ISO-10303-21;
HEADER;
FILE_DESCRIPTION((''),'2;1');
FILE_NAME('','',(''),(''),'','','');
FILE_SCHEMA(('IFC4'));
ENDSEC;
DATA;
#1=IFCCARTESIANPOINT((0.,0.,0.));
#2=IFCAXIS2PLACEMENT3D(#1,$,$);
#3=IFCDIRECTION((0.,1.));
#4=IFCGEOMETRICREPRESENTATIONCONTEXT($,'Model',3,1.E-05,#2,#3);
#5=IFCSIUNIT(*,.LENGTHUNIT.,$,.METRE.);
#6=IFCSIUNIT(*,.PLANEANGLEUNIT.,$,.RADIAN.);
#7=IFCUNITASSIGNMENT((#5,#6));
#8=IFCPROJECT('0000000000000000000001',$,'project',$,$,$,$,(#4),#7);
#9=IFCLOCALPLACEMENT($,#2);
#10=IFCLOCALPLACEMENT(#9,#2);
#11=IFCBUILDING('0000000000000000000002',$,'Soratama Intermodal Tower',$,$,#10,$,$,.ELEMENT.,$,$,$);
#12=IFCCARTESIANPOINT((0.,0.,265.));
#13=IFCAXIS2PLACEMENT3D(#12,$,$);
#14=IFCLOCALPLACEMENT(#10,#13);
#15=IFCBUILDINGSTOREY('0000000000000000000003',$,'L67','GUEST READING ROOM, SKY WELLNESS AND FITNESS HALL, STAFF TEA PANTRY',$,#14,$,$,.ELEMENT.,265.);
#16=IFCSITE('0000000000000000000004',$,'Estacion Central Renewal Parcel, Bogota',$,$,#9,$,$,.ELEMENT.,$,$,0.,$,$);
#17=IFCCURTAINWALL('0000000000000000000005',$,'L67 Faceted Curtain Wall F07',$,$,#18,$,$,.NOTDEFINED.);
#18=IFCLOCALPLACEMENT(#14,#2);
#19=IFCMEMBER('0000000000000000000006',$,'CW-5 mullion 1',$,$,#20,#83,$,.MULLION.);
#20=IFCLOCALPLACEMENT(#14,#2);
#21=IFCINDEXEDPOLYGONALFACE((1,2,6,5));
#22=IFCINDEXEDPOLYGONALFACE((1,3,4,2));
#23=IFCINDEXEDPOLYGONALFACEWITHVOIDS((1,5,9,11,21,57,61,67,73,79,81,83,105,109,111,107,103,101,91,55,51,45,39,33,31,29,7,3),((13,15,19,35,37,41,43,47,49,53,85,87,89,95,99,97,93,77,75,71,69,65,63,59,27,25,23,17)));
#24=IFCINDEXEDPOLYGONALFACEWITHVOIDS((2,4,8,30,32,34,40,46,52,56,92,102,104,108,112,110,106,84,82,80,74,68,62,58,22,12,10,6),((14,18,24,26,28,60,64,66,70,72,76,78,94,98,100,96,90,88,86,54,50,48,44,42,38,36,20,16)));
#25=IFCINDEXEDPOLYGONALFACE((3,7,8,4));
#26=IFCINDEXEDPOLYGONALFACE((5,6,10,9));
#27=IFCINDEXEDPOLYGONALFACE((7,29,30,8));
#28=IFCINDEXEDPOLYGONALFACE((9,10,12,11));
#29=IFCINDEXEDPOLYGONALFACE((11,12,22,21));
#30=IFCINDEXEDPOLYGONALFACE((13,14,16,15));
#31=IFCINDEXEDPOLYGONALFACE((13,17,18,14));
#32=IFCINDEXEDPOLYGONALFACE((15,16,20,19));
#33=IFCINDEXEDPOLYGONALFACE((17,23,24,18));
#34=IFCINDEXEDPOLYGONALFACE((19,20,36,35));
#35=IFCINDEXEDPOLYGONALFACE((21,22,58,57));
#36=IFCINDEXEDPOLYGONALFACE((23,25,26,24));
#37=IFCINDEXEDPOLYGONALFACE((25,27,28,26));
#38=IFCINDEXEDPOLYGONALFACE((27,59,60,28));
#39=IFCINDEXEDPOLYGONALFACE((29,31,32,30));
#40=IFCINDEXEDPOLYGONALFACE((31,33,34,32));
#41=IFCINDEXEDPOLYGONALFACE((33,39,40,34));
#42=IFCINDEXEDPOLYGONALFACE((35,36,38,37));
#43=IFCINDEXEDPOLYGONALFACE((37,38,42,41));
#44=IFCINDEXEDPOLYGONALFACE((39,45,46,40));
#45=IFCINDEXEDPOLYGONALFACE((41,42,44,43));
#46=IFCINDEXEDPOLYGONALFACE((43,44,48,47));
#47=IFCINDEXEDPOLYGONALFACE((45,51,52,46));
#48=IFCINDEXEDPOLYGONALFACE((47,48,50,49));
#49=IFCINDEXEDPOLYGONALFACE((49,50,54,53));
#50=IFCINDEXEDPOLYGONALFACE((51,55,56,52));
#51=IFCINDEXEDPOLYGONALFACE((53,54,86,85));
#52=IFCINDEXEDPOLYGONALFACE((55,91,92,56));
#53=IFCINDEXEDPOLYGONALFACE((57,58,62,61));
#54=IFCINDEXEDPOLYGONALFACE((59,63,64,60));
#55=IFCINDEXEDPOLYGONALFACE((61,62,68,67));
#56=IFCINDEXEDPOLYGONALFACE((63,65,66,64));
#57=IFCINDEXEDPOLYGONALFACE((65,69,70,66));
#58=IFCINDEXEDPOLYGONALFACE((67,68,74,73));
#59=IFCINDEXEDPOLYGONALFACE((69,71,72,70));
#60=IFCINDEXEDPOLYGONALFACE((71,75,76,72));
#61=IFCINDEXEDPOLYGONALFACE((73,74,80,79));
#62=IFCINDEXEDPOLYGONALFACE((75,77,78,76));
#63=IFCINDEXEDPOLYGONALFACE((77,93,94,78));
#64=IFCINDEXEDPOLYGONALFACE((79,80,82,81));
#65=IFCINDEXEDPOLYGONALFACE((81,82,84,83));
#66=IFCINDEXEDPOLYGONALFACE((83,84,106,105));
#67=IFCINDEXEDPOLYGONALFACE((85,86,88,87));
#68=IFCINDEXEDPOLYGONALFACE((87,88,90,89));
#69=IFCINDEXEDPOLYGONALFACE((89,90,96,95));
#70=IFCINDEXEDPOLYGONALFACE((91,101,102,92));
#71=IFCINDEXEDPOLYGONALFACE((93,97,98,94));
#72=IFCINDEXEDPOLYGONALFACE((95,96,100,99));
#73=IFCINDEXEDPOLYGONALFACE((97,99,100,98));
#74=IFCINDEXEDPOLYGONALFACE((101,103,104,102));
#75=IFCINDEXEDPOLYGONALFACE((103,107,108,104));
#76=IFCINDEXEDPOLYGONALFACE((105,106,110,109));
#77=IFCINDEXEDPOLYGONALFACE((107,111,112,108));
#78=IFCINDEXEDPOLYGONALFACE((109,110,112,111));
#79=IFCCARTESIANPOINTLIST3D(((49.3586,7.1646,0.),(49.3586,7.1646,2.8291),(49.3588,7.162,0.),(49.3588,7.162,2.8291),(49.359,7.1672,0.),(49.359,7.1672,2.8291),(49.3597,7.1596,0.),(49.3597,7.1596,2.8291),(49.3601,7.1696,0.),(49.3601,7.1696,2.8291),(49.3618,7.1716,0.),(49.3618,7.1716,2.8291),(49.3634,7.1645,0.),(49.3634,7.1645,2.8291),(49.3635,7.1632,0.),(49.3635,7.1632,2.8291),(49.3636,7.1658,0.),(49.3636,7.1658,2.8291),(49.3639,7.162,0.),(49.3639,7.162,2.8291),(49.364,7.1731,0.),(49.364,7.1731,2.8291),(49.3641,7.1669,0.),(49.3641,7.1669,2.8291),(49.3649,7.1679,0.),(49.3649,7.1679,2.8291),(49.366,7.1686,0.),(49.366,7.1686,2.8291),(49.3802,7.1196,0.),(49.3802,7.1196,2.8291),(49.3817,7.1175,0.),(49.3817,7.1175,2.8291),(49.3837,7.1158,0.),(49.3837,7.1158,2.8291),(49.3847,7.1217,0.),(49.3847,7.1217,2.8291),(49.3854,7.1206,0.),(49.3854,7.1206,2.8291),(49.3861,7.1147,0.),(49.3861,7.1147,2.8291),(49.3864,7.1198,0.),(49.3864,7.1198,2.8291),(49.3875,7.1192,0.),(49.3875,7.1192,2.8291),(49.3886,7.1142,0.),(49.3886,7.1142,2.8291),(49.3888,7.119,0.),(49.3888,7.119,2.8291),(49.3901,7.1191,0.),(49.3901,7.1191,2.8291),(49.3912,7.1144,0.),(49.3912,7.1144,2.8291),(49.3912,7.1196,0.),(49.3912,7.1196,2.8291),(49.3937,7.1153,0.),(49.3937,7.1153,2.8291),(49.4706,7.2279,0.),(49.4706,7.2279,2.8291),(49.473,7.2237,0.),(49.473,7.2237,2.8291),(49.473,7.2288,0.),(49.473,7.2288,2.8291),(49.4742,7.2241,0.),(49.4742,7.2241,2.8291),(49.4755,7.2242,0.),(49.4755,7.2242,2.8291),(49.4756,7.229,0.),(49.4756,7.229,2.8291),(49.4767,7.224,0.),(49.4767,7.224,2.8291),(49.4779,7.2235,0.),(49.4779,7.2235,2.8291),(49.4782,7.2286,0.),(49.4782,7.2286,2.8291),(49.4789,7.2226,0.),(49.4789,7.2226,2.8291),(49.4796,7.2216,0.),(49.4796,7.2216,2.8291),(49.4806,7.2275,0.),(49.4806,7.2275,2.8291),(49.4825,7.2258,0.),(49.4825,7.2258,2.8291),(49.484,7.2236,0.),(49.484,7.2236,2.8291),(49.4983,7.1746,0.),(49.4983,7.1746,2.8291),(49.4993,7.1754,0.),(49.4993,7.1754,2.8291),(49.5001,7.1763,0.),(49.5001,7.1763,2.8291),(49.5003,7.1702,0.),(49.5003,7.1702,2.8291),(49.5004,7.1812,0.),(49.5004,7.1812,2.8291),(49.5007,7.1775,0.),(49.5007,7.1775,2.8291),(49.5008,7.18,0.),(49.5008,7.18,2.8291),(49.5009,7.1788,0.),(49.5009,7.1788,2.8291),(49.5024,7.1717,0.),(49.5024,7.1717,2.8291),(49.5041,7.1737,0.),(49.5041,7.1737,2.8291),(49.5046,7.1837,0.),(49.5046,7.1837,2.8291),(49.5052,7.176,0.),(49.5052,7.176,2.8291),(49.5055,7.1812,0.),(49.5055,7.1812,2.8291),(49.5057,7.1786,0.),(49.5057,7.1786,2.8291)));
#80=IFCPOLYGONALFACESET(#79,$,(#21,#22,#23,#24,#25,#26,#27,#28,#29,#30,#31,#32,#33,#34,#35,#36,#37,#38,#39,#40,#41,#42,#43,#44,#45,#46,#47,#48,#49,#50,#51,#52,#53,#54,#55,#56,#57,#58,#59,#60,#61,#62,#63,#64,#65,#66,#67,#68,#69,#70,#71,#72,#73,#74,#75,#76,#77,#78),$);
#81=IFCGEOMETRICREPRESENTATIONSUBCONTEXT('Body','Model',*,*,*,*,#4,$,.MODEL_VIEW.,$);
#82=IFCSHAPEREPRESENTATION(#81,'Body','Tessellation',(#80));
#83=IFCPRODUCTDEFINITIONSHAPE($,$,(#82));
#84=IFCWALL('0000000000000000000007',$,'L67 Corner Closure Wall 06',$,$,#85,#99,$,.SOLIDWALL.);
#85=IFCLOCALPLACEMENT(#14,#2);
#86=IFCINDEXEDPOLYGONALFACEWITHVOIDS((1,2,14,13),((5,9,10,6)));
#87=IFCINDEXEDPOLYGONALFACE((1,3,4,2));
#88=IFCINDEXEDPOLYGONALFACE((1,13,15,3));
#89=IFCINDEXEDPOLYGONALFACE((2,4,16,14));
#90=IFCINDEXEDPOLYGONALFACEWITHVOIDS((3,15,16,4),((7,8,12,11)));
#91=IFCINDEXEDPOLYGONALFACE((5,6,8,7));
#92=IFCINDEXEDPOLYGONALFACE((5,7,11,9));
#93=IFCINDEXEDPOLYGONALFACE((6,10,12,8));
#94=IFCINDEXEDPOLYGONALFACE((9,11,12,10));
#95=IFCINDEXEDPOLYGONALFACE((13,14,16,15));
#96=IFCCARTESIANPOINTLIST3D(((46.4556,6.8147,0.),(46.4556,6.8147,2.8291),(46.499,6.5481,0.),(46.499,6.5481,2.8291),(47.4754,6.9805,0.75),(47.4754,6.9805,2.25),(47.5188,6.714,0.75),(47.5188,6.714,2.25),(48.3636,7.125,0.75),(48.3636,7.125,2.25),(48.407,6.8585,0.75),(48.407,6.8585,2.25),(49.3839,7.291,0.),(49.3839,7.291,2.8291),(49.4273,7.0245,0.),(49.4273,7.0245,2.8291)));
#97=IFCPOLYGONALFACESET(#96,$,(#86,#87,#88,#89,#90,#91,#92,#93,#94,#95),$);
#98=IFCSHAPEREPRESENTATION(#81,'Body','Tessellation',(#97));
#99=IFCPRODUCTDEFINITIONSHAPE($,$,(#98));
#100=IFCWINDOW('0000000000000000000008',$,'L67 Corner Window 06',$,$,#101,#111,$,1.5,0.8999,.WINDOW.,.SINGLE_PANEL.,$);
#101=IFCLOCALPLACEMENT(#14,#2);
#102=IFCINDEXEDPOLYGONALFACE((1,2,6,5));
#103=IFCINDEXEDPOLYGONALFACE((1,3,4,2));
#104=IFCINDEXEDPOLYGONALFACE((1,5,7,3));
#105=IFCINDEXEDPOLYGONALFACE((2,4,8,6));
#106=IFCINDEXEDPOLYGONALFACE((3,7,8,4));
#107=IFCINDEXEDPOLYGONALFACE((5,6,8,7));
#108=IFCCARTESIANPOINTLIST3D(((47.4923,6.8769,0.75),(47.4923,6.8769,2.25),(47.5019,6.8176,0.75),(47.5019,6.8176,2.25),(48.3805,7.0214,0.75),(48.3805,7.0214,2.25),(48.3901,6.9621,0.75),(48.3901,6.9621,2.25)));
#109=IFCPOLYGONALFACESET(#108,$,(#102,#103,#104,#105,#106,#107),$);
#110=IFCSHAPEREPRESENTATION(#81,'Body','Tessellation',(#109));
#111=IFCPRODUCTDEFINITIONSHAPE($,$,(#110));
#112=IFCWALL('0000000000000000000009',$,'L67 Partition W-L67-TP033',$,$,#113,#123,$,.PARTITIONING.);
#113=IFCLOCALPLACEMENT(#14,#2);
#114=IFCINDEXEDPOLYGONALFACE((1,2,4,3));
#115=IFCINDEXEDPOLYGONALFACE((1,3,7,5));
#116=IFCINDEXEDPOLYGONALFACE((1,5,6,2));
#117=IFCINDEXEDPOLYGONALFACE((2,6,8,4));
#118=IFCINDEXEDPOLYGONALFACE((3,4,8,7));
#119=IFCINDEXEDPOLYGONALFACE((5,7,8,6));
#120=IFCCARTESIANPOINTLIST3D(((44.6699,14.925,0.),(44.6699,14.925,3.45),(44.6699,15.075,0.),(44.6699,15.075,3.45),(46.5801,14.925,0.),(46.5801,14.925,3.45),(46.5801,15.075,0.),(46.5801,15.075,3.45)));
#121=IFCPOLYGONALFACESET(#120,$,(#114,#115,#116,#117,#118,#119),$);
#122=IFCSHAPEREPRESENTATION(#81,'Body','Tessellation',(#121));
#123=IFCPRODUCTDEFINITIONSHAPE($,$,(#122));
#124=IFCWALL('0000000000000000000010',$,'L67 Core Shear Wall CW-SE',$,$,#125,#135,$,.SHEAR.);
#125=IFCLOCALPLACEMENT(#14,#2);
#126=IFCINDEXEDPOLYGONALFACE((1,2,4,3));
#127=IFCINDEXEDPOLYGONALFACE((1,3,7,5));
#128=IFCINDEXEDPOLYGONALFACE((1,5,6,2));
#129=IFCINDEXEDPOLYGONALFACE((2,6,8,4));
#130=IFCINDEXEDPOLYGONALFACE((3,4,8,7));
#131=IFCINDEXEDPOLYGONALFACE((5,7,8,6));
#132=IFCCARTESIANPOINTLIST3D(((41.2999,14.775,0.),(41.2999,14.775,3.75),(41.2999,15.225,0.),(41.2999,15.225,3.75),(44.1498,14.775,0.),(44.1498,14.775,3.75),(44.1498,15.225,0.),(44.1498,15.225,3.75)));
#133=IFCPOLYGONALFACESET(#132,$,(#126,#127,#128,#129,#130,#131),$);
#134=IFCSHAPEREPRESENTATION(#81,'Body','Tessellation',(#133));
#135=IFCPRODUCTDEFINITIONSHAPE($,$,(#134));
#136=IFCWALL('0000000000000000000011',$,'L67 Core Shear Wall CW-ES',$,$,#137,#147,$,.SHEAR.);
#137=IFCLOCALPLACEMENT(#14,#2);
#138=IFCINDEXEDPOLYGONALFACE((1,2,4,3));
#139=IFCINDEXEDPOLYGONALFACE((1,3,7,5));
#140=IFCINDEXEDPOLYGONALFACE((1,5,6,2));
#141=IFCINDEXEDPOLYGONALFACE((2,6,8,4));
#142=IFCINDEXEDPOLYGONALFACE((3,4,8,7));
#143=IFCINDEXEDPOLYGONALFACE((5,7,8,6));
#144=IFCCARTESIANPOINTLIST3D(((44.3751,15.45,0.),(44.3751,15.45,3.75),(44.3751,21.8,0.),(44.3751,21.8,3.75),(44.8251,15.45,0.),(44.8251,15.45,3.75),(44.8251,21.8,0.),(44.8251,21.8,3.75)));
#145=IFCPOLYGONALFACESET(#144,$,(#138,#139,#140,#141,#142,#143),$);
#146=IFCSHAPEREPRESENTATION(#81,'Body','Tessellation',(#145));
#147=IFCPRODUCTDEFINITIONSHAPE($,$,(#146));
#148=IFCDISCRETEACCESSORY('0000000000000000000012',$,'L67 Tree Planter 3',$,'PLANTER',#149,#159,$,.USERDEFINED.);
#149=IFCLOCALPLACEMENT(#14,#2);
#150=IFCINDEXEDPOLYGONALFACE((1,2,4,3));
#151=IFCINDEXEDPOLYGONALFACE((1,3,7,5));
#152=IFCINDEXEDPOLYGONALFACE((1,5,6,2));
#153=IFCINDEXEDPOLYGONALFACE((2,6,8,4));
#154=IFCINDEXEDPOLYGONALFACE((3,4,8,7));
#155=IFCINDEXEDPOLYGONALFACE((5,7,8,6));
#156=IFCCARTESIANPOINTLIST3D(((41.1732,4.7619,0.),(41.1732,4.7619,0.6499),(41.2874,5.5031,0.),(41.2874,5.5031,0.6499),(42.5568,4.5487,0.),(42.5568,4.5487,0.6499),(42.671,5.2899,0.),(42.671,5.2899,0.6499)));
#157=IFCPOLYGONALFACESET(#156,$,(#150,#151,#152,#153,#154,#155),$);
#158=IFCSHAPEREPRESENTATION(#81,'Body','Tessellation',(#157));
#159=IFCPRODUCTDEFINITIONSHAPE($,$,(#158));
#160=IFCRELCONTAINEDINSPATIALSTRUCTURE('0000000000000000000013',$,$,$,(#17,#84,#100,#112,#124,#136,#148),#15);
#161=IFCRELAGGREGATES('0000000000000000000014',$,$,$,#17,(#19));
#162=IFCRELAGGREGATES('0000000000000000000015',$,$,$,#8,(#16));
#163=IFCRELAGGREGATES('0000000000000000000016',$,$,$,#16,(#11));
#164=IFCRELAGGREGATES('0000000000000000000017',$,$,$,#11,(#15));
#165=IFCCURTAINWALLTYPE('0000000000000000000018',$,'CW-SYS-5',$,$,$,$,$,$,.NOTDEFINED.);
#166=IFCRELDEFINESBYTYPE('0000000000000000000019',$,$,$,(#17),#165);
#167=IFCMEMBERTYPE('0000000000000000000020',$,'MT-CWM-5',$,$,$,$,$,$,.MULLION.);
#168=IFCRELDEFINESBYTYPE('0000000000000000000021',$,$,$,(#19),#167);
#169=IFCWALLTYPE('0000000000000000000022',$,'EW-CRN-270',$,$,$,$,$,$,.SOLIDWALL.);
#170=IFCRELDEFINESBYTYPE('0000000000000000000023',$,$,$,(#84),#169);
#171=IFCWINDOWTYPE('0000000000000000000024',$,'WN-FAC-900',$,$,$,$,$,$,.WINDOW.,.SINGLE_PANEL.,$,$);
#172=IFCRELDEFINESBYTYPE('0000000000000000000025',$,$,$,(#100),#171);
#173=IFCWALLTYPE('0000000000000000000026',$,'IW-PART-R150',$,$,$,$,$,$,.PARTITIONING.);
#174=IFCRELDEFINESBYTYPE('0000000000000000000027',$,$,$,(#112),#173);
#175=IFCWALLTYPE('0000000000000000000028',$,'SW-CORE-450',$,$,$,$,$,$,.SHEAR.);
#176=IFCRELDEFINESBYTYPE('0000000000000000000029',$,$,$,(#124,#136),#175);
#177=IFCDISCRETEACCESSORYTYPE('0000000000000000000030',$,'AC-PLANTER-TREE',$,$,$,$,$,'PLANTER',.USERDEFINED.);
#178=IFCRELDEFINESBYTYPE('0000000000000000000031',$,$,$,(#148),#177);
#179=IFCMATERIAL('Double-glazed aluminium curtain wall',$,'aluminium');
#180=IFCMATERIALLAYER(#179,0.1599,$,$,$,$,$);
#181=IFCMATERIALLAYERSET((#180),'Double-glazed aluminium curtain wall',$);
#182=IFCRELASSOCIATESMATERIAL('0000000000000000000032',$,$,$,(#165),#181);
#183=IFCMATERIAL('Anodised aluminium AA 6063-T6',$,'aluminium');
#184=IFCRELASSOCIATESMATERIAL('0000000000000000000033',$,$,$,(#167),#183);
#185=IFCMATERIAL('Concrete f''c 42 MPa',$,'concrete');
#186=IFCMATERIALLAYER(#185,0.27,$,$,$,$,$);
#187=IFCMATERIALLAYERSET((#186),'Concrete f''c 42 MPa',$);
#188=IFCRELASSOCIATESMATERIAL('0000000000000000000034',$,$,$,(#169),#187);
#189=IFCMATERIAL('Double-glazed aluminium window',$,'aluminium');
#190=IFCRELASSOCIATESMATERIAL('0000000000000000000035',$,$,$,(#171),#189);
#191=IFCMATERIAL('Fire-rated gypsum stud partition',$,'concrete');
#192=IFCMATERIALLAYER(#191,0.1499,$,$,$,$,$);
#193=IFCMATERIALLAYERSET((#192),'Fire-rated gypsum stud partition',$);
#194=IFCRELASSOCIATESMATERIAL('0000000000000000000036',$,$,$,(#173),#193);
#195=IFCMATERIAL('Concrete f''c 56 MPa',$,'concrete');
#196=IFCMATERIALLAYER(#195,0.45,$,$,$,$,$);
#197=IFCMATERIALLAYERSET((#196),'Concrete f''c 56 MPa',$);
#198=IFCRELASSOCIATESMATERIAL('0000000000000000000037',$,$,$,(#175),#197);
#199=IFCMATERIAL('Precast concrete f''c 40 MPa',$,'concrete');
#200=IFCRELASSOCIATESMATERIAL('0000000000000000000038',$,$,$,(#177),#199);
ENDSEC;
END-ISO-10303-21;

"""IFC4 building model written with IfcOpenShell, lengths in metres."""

from ifc_helpers import new_model, si_unit, direction, frame, frame_2d, origin, origin_2d, place, context, subcontext, project, spatial, rectangle, hollow_rectangle, extrude, material, layer, layer_set, material_profile, profile_set, type_object, element, fill, aggregate, save


model = new_model("IFC4")

# Units and contexts
model_context = context("Model", 3, precision=1e-05, world=origin(), true_north=direction((0.0, 1.0)))
body_context = subcontext(model_context, "Body", "Model", "MODEL_VIEW")
ifc_project = project(units=[si_unit("LENGTHUNIT", "METRE"), si_unit("PLANEANGLEUNIT", "RADIAN")], contexts=[model_context])

# Site, building, storey
site_placement = place(None, origin())
site = spatial("IfcSite", under=ifc_project, at=site_placement, Name="Estacion Central Renewal Parcel, Bogota", CompositionType="ELEMENT", RefElevation=0.0)
building_placement = place(site_placement, origin())
building = spatial("IfcBuilding", under=site, at=building_placement, Name="Soratama Intermodal Tower", CompositionType="ELEMENT")
storey_placement = place(building_placement, frame((0.0, 0.0, 265.0)))
storey = spatial("IfcBuildingStorey", under=building, at=storey_placement, Name="L67", Description="GUEST READING ROOM, SKY WELLNESS AND FITNESS HALL, STAFF TEA PANTRY", CompositionType="ELEMENT", Elevation=265.0)

# Curtain wall, member
ifc_material_1 = material(Name="Double-glazed aluminium curtain wall", Category="aluminium")
ifc_layer_1 = layer(ifc_material_1, 0.1599)
ifc_layer_set_1 = layer_set([ifc_layer_1], Name="Double-glazed aluminium curtain wall")
curtain_wall_type = type_object("IfcCurtainWallType", Name="CW-SYS-5", PredefinedType="NOTDEFINED", material=ifc_layer_set_1)
curtain_wall_placement = place(storey_placement, origin())
curtain_wall = element("IfcCurtainWall", 1, at=curtain_wall_placement, inside=storey, type_object=curtain_wall_type, Name="L67 Faceted Curtain Wall F07", PredefinedType="NOTDEFINED")
ifc_material_2 = material(Name="Anodised aluminium AA 6063-T6", Category="aluminium")
ifc_material_profile_1 = material_profile(ifc_material_2, hollow_rectangle(XDim=0.0649, YDim=0.1399, WallThickness=0.0049, InnerFilletRadius=0.0049, OuterFilletRadius=0.01, at=origin_2d()), Name="CWM140X65X5")
ifc_profile_set_1 = profile_set([ifc_material_profile_1], Name="Anodised aluminium AA 6063-T6")
member_type = type_object("IfcMemberType", Name="MT-CWM-5", PredefinedType="MULLION", material=ifc_profile_set_1)
member_placement = place(storey_placement, frame((49.4321, 7.1716, 0.0), z_axis=(0.0, 0.0, 1.0), x_axis=(-0.457719, 0.889097, 0.0)))
member = element("IfcMember", 2, at=member_placement, type_object=member_type, Name="CW-5 mullion 1", PredefinedType="MULLION", context=body_context, shape_type="SweptSolid", body=[
    extrude(hollow_rectangle(XDim=0.0649, YDim=0.1399, WallThickness=0.0049, InnerFilletRadius=0.0049, OuterFilletRadius=0.01, at=origin_2d()), origin(), (0.0, 0.0, 1.0), 2.8291),
])
aggregate(curtain_wall, [member])

# Wall, opening, window
ifc_material_3 = material(Name="Concrete f'c 42 MPa", Category="concrete")
ifc_layer_2 = layer(ifc_material_3, 0.27)
ifc_layer_set_2 = layer_set([ifc_layer_2], Name="Concrete f'c 42 MPa")
wall_type_1 = type_object("IfcWallType", Name="EW-CRN-270", PredefinedType="SOLIDWALL", material=ifc_layer_set_2)
wall_1_placement = place(storey_placement, frame((46.4773, 6.6814, 0.0), z_axis=(0.0, 0.0, 1.0), x_axis=(0.987027, 0.160554, 0.0)))
wall_1 = element("IfcWall", 3, at=wall_1_placement, inside=storey, type_object=wall_type_1, Name="L67 Corner Closure Wall 06", PredefinedType="SOLIDWALL", context=body_context, shape_type="SweptSolid", body=[
    extrude(rectangle(XDim=2.9668, YDim=0.27, at=frame_2d((1.4834, 0.0))), origin(), (0.0, 0.0, 1.0), 2.8291),
])
opening_placement = place(wall_1_placement, frame((1.0332, 0.0, 0.75)))
opening = element("IfcOpeningElement", 4, at=opening_placement, cuts=wall_1, PredefinedType="OPENING", context=body_context, shape_type="SweptSolid", body=[
    extrude(rectangle(XDim=0.8999, YDim=1.5, at=frame_2d((0.45, 0.75))), frame((0.0, 0.145, 0.0), z_axis=(0.0, -1.0, 0.0), x_axis=(1.0, 0.0, 0.0)), (0.0, 0.0, 1.0), 0.29),
])
ifc_material_4 = material(Name="Double-glazed aluminium window", Category="aluminium")
window_type = type_object("IfcWindowType", Name="WN-FAC-900", PartitioningType="SINGLE_PANEL", PredefinedType="WINDOW", material=ifc_material_4)
window_placement = place(opening_placement, origin())
window = element("IfcWindow", 5, at=window_placement, inside=storey, type_object=window_type, Name="L67 Corner Window 06", OverallHeight=1.5, OverallWidth=0.8999, PartitioningType="SINGLE_PANEL", PredefinedType="WINDOW", context=body_context, shape_type="SweptSolid", body=[
    extrude(rectangle(XDim=0.8999, YDim=1.5, at=frame_2d((0.45, 0.75))), frame((0.0, 0.03, 0.0), z_axis=(0.0, -1.0, 0.0), x_axis=(1.0, 0.0, 0.0)), (0.0, 0.0, 1.0), 0.0601),
])
fill(opening, window)

# Walls
ifc_material_5 = material(Name="Fire-rated gypsum stud partition", Category="concrete")
ifc_layer_3 = layer(ifc_material_5, 0.1499)
ifc_layer_set_3 = layer_set([ifc_layer_3], Name="Fire-rated gypsum stud partition")
wall_type_2 = type_object("IfcWallType", Name="IW-PART-R150", PredefinedType="PARTITIONING", material=ifc_layer_set_3)
wall_2_placement = place(storey_placement, frame((46.5801, 15.0, 0.0), z_axis=(0.0, 0.0, 1.0), x_axis=(-1.0, 0.0, 0.0)))
element("IfcWall", 6, at=wall_2_placement, inside=storey, type_object=wall_type_2, Name="L67 Partition W-L67-TP033", PredefinedType="PARTITIONING", context=body_context, shape_type="SweptSolid", body=[
    extrude(rectangle(XDim=1.9102, YDim=0.1499, at=frame_2d((0.9551, 0.0))), origin(), (0.0, 0.0, 1.0), 3.45),
])
ifc_material_6 = material(Name="Concrete f'c 56 MPa", Category="concrete")
ifc_layer_4 = layer(ifc_material_6, 0.45)
ifc_layer_set_4 = layer_set([ifc_layer_4], Name="Concrete f'c 56 MPa")
wall_type_3 = type_object("IfcWallType", Name="SW-CORE-450", PredefinedType="SHEAR", material=ifc_layer_set_4)
wall_3_placement = place(storey_placement, frame((41.3, 15.0, 0.0), z_axis=(0.0, 0.0, 1.0), x_axis=(1.0, 0.0, 0.0)))
element("IfcWall", 7, at=wall_3_placement, inside=storey, type_object=wall_type_3, Name="L67 Core Shear Wall CW-SE", PredefinedType="SHEAR", context=body_context, shape_type="SweptSolid", body=[
    extrude(rectangle(XDim=2.8499, YDim=0.45, at=frame_2d((1.4248, 0.0))), origin(), (0.0, 0.0, 1.0), 3.75),
])
wall_4_placement = place(storey_placement, frame((44.6001, 15.45, 0.0), z_axis=(0.0, 0.0, 1.0), x_axis=(0.0, 1.0, 0.0)))
element("IfcWall", 8, at=wall_4_placement, inside=storey, type_object=wall_type_3, Name="L67 Core Shear Wall CW-ES", PredefinedType="SHEAR", context=body_context, shape_type="SweptSolid", body=[
    extrude(rectangle(XDim=6.3501, YDim=0.45, at=frame_2d((3.175, 0.0))), origin(), (0.0, 0.0, 1.0), 3.75),
])

# Discrete accessory
ifc_material_7 = material(Name="Precast concrete f'c 40 MPa", Category="concrete")
discrete_accessory_type = type_object("IfcDiscreteAccessoryType", Name="AC-PLANTER-TREE", ElementType="PLANTER", PredefinedType="USERDEFINED", material=ifc_material_7)
discrete_accessory_placement = place(storey_placement, frame((41.9221, 5.0259, 0.0), z_axis=(0.0, 0.0, 1.0), x_axis=(-0.152296, -0.988335, 0.0)))
element("IfcDiscreteAccessory", 9, at=discrete_accessory_placement, inside=storey, type_object=discrete_accessory_type, Name="L67 Tree Planter 3", ObjectType="PLANTER", PredefinedType="USERDEFINED", context=body_context, shape_type="SweptSolid", body=[
    extrude(rectangle(XDim=0.75, YDim=1.3999, at=origin_2d()), origin(), (0.0, 0.0, 1.0), 0.6499),
])

save(model, "model.ifc")
